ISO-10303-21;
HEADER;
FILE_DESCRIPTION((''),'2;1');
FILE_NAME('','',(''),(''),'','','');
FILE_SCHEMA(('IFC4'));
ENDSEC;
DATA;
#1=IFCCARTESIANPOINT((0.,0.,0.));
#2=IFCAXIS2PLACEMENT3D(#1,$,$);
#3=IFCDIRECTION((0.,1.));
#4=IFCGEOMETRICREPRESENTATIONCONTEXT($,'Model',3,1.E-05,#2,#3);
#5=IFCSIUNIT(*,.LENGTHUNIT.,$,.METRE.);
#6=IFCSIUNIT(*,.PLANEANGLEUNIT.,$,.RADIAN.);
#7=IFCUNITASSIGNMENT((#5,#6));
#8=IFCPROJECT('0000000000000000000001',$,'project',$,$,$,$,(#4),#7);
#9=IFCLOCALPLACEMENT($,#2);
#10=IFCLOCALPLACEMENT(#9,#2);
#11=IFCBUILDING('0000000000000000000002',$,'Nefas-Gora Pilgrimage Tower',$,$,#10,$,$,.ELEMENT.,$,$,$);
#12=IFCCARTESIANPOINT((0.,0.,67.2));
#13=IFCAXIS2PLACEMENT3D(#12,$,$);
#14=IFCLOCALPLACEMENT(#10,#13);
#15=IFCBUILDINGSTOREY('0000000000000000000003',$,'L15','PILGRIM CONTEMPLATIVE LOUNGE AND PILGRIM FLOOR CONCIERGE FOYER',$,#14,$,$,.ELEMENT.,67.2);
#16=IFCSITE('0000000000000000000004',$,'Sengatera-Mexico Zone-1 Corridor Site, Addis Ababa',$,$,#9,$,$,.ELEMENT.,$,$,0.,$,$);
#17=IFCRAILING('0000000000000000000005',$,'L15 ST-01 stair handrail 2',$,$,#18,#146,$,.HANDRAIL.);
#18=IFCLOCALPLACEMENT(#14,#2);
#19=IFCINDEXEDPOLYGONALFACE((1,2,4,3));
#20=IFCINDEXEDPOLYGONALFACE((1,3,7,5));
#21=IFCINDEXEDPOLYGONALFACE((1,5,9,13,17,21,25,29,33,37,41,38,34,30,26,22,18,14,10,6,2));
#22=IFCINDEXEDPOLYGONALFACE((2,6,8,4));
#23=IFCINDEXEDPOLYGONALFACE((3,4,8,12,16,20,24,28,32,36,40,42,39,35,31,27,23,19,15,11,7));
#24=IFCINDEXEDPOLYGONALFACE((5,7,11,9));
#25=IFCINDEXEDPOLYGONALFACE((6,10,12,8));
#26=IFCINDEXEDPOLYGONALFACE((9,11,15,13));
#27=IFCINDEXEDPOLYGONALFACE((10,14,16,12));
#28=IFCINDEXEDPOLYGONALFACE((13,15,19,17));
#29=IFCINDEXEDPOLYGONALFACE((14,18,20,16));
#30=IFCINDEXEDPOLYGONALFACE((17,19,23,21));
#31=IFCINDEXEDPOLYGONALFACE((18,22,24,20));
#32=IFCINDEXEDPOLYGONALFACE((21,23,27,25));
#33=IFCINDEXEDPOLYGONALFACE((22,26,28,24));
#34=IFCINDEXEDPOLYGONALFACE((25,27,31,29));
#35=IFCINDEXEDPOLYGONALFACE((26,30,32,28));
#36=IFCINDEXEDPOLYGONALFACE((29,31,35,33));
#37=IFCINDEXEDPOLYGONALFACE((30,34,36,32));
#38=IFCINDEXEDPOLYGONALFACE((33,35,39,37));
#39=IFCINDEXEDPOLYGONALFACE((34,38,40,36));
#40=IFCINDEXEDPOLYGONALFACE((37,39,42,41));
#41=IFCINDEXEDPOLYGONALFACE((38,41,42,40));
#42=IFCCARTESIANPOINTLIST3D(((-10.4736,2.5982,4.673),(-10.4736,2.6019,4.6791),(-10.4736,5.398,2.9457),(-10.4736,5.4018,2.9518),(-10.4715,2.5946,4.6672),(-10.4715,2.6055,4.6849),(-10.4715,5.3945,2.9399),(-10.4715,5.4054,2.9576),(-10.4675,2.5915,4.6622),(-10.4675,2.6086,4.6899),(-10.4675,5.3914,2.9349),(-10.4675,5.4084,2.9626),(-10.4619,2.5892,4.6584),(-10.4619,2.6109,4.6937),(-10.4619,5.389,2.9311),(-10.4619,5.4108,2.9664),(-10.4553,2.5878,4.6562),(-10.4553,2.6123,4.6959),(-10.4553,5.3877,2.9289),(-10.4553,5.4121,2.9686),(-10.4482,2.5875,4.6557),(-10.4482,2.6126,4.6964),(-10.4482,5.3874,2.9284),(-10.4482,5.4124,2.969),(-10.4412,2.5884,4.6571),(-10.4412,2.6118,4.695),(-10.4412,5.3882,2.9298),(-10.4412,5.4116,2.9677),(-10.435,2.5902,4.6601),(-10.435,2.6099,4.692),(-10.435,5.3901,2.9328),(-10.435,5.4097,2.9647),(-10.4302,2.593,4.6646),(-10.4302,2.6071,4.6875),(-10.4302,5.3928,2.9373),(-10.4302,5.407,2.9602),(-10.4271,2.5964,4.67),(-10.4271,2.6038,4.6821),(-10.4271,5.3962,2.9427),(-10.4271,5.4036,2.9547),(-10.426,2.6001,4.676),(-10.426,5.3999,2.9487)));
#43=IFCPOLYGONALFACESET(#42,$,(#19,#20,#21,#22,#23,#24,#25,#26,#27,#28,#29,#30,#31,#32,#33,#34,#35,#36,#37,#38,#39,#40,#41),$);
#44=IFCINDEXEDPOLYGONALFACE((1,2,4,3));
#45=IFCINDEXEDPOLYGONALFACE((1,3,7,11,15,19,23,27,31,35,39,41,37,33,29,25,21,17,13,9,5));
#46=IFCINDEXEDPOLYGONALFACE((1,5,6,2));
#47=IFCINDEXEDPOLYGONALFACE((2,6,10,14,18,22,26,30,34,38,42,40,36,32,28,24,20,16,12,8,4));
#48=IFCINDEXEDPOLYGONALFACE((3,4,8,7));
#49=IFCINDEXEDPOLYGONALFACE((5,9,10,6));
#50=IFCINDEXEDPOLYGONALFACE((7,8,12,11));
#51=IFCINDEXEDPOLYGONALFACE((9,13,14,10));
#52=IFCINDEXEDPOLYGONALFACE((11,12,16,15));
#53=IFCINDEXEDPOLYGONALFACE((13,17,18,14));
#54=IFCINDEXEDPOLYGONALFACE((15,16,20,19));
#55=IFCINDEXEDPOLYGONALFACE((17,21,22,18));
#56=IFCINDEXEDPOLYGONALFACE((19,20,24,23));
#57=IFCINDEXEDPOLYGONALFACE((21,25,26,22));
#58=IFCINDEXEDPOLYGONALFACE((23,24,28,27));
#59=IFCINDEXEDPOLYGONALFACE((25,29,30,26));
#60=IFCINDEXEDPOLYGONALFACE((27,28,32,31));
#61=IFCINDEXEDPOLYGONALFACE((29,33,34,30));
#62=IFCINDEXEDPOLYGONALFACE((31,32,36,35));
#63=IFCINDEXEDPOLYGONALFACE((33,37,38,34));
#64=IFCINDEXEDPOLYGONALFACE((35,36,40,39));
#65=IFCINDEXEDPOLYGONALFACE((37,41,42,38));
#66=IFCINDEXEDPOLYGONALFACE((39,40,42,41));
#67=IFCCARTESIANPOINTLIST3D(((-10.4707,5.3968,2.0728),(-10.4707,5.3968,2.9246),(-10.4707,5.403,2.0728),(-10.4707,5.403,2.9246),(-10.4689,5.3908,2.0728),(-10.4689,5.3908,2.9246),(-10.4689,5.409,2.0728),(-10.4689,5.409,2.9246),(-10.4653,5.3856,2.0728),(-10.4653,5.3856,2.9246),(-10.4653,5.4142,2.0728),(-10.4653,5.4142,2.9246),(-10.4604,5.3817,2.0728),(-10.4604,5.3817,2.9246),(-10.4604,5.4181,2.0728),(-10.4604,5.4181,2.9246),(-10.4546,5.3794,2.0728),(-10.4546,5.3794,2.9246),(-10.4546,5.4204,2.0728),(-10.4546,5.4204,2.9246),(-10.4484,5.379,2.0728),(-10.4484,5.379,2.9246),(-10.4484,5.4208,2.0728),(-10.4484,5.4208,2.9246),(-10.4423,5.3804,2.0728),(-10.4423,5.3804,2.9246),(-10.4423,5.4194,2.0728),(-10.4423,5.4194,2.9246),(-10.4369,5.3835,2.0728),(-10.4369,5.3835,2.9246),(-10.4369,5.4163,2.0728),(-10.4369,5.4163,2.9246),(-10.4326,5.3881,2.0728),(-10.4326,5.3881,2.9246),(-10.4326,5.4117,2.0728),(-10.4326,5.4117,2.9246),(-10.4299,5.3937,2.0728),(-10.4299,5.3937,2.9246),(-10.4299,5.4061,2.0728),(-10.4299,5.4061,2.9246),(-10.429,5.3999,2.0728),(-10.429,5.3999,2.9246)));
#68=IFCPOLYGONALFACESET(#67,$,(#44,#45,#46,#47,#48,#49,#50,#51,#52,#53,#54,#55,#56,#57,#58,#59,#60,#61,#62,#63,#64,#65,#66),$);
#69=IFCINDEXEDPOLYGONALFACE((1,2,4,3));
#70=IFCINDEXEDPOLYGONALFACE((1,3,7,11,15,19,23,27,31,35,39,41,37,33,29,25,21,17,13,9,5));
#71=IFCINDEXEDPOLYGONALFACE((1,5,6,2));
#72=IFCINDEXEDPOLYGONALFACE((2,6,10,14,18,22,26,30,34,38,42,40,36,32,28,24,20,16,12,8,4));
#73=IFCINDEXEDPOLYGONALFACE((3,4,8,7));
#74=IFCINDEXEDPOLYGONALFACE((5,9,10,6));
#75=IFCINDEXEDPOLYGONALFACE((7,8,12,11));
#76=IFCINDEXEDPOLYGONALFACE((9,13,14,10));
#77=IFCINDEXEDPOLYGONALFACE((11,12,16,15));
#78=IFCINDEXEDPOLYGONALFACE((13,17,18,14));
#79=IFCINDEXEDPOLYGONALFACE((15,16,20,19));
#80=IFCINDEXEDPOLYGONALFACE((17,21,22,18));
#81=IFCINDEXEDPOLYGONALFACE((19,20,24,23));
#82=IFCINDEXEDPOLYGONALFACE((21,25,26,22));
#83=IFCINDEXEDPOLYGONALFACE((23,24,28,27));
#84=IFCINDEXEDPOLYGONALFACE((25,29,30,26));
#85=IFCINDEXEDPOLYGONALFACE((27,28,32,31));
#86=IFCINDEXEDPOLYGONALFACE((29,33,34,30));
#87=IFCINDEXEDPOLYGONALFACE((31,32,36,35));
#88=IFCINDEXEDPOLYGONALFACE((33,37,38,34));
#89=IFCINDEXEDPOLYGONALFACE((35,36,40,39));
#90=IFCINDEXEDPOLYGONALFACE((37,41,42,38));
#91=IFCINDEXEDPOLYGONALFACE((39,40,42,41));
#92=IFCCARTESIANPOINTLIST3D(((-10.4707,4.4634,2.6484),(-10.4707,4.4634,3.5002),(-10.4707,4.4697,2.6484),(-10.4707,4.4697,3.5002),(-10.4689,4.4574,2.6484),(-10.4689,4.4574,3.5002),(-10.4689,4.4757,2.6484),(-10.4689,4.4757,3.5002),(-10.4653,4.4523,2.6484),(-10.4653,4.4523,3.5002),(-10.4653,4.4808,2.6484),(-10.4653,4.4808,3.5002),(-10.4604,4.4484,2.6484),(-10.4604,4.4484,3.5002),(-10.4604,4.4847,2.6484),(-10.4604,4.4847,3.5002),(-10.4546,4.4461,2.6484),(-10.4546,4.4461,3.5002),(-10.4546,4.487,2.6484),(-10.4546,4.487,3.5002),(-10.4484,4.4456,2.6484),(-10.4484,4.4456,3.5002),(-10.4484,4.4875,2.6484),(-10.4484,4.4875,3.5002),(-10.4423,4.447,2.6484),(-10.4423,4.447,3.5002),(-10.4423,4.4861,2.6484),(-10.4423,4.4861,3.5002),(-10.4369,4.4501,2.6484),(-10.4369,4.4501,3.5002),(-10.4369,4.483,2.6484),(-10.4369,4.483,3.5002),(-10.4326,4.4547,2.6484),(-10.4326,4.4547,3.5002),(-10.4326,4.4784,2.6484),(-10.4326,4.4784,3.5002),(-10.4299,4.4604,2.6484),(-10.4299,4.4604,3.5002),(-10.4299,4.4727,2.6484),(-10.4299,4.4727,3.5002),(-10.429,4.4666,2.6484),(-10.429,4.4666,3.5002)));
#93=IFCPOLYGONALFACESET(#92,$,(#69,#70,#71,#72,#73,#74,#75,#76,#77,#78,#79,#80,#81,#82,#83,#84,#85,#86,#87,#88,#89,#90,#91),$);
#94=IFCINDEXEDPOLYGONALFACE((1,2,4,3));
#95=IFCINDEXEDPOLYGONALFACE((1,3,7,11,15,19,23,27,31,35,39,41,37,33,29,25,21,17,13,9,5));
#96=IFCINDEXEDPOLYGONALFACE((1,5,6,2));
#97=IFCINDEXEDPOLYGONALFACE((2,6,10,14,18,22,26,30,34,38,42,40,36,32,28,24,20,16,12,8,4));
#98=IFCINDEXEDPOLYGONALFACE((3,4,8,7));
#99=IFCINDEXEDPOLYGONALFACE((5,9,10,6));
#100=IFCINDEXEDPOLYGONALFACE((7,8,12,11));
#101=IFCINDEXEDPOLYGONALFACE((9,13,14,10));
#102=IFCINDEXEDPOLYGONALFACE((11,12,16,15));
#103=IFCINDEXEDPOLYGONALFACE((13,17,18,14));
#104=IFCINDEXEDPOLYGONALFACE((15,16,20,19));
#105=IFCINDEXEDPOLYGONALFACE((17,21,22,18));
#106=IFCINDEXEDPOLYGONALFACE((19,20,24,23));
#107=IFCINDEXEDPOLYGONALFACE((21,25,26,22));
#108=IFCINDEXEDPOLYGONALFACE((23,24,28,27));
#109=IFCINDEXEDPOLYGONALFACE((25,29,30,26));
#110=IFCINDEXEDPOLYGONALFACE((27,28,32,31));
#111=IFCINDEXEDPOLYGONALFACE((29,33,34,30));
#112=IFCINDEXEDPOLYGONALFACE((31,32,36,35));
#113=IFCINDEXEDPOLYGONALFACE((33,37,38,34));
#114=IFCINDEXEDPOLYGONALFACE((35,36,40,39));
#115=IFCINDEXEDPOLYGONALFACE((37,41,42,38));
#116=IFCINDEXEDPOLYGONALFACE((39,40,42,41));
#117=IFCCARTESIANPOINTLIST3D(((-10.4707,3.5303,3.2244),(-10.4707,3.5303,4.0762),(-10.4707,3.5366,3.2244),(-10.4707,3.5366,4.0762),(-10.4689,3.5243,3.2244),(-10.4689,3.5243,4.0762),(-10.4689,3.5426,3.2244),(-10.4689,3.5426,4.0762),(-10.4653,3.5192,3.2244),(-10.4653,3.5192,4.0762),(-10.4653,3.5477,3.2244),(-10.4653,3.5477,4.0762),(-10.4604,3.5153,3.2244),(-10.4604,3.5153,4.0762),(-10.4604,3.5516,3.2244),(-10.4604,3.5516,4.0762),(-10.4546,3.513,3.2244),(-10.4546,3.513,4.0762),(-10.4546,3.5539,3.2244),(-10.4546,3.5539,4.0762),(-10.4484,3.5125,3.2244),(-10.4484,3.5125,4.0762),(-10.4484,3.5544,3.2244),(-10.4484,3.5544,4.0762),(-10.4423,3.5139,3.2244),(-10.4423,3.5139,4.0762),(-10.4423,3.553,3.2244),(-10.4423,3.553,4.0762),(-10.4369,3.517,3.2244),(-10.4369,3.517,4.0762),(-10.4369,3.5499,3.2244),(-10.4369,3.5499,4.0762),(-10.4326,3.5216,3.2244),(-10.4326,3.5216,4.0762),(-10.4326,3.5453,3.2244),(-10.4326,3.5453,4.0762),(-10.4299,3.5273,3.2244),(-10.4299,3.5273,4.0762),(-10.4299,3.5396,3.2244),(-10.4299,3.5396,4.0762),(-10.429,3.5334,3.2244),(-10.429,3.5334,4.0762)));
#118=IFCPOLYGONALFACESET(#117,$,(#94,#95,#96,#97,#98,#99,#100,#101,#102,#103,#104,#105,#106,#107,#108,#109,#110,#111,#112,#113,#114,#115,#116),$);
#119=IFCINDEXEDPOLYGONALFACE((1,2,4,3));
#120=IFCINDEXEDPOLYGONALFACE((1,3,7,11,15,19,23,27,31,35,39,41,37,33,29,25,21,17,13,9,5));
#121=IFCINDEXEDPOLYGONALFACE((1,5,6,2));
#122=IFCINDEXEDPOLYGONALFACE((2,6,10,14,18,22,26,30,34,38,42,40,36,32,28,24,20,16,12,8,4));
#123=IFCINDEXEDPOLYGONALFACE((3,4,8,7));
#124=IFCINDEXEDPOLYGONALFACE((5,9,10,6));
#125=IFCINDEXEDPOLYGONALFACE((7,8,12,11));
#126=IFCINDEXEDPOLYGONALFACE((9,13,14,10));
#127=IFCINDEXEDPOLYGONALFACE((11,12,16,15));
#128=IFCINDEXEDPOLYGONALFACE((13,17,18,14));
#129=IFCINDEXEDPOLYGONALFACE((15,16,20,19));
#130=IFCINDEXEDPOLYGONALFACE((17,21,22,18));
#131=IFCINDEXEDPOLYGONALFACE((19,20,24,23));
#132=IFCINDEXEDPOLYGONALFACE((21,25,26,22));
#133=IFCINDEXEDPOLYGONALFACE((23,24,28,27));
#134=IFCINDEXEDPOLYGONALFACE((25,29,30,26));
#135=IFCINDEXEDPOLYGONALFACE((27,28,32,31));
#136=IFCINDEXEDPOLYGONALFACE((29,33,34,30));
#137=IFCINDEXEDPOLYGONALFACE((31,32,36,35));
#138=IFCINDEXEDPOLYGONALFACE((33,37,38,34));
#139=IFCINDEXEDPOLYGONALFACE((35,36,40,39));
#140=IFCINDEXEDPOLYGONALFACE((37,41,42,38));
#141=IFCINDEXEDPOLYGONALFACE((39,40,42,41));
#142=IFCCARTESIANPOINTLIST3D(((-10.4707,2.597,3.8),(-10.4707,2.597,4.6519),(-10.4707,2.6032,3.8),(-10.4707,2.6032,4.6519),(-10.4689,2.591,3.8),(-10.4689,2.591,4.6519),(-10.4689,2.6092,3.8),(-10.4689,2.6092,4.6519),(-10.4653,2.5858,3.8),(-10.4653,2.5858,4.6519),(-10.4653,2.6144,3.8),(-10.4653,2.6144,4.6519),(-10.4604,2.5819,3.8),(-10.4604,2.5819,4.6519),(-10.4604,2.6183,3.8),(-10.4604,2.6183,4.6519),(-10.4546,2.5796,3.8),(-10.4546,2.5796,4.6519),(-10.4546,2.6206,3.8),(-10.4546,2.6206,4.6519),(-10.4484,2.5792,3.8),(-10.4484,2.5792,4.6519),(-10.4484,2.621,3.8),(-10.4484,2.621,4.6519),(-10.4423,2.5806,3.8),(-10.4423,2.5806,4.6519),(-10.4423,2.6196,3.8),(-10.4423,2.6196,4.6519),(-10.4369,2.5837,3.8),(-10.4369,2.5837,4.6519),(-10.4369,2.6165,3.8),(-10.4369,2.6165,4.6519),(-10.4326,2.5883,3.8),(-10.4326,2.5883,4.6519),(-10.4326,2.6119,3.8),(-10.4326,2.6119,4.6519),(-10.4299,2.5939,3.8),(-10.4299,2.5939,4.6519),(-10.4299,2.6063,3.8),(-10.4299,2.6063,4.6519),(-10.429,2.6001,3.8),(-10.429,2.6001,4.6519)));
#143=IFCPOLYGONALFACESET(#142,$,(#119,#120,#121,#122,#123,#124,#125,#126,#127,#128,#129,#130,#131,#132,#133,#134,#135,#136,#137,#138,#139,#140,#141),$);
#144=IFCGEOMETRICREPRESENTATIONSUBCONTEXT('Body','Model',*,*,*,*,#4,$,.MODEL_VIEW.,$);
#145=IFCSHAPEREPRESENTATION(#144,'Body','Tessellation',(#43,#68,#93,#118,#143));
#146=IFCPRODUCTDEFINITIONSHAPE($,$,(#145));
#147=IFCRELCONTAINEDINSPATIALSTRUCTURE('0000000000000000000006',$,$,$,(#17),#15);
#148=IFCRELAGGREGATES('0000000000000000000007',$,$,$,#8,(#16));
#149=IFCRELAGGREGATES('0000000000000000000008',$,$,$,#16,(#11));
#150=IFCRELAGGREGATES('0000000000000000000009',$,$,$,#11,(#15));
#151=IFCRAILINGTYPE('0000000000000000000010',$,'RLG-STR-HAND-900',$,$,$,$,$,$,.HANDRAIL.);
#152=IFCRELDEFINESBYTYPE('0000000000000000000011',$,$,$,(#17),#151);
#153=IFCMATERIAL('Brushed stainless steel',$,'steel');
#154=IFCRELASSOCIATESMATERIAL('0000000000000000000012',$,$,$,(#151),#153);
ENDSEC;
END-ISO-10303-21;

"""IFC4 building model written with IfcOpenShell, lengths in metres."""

from ifc_helpers import new_model, si_unit, direction, frame, origin, origin_2d, place, context, subcontext, project, spatial, circle, extrude, material, type_object, element, save


model = new_model("IFC4")

# Units and contexts
model_context = context("Model", 3, precision=1e-05, world=origin(), true_north=direction((0.0, 1.0)))
body_context = subcontext(model_context, "Body", "Model", "MODEL_VIEW")
ifc_project = project(units=[si_unit("LENGTHUNIT", "METRE"), si_unit("PLANEANGLEUNIT", "RADIAN")], contexts=[model_context])

# Site, building, storey
site_placement = place(None, origin())
site = spatial("IfcSite", under=ifc_project, at=site_placement, Name="Sengatera-Mexico Zone-1 Corridor Site, Addis Ababa", CompositionType="ELEMENT", RefElevation=0.0)
building_placement = place(site_placement, origin())
building = spatial("IfcBuilding", under=site, at=building_placement, Name="Nefas-Gora Pilgrimage Tower", CompositionType="ELEMENT")
storey_placement = place(building_placement, frame((0.0, 0.0, 67.2)))
storey = spatial("IfcBuildingStorey", under=building, at=storey_placement, Name="L15", Description="PILGRIM CONTEMPLATIVE LOUNGE AND PILGRIM FLOOR CONCIERGE FOYER", CompositionType="ELEMENT", Elevation=67.2)

# Railing
ifc_material_1 = material(Name="Brushed stainless steel", Category="steel")
railing_type_1 = type_object("IfcRailingType", Name="RLG-STR-HAND-900", PredefinedType="HANDRAIL", material=ifc_material_1)
railing_1_placement = place(storey_placement, frame((-10.45, 5.3999, 2.0728)))
element("IfcRailing", 1, at=railing_1_placement, inside=storey, type_object=railing_type_1, Name="L15 ST-01 stair handrail 2", PredefinedType="HANDRAIL", context=body_context, shape_type="SweptSolid", body=[
    extrude(circle(Radius=0.0239, at=origin_2d()), frame((0.0, 0.0, 0.876), z_axis=(0.0, -0.851069, 0.525054), x_axis=(1.0, 0.0, 0.0)), (0.0, 0.0, 1.0), 3.2898),
    extrude(circle(Radius=0.021, at=origin_2d()), origin(), (0.0, 0.0, 1.0), 0.8518),
    extrude(circle(Radius=0.021, at=origin_2d()), frame((0.0, -0.9333, 0.5757)), (0.0, 0.0, 1.0), 0.8518),
    extrude(circle(Radius=0.021, at=origin_2d()), frame((0.0, -1.8665, 1.1516)), (0.0, 0.0, 1.0), 0.8518),
    extrude(circle(Radius=0.021, at=origin_2d()), frame((0.0, -2.7998, 1.7273)), (0.0, 0.0, 1.0), 0.8518),
])

save(model, "model.ifc")
